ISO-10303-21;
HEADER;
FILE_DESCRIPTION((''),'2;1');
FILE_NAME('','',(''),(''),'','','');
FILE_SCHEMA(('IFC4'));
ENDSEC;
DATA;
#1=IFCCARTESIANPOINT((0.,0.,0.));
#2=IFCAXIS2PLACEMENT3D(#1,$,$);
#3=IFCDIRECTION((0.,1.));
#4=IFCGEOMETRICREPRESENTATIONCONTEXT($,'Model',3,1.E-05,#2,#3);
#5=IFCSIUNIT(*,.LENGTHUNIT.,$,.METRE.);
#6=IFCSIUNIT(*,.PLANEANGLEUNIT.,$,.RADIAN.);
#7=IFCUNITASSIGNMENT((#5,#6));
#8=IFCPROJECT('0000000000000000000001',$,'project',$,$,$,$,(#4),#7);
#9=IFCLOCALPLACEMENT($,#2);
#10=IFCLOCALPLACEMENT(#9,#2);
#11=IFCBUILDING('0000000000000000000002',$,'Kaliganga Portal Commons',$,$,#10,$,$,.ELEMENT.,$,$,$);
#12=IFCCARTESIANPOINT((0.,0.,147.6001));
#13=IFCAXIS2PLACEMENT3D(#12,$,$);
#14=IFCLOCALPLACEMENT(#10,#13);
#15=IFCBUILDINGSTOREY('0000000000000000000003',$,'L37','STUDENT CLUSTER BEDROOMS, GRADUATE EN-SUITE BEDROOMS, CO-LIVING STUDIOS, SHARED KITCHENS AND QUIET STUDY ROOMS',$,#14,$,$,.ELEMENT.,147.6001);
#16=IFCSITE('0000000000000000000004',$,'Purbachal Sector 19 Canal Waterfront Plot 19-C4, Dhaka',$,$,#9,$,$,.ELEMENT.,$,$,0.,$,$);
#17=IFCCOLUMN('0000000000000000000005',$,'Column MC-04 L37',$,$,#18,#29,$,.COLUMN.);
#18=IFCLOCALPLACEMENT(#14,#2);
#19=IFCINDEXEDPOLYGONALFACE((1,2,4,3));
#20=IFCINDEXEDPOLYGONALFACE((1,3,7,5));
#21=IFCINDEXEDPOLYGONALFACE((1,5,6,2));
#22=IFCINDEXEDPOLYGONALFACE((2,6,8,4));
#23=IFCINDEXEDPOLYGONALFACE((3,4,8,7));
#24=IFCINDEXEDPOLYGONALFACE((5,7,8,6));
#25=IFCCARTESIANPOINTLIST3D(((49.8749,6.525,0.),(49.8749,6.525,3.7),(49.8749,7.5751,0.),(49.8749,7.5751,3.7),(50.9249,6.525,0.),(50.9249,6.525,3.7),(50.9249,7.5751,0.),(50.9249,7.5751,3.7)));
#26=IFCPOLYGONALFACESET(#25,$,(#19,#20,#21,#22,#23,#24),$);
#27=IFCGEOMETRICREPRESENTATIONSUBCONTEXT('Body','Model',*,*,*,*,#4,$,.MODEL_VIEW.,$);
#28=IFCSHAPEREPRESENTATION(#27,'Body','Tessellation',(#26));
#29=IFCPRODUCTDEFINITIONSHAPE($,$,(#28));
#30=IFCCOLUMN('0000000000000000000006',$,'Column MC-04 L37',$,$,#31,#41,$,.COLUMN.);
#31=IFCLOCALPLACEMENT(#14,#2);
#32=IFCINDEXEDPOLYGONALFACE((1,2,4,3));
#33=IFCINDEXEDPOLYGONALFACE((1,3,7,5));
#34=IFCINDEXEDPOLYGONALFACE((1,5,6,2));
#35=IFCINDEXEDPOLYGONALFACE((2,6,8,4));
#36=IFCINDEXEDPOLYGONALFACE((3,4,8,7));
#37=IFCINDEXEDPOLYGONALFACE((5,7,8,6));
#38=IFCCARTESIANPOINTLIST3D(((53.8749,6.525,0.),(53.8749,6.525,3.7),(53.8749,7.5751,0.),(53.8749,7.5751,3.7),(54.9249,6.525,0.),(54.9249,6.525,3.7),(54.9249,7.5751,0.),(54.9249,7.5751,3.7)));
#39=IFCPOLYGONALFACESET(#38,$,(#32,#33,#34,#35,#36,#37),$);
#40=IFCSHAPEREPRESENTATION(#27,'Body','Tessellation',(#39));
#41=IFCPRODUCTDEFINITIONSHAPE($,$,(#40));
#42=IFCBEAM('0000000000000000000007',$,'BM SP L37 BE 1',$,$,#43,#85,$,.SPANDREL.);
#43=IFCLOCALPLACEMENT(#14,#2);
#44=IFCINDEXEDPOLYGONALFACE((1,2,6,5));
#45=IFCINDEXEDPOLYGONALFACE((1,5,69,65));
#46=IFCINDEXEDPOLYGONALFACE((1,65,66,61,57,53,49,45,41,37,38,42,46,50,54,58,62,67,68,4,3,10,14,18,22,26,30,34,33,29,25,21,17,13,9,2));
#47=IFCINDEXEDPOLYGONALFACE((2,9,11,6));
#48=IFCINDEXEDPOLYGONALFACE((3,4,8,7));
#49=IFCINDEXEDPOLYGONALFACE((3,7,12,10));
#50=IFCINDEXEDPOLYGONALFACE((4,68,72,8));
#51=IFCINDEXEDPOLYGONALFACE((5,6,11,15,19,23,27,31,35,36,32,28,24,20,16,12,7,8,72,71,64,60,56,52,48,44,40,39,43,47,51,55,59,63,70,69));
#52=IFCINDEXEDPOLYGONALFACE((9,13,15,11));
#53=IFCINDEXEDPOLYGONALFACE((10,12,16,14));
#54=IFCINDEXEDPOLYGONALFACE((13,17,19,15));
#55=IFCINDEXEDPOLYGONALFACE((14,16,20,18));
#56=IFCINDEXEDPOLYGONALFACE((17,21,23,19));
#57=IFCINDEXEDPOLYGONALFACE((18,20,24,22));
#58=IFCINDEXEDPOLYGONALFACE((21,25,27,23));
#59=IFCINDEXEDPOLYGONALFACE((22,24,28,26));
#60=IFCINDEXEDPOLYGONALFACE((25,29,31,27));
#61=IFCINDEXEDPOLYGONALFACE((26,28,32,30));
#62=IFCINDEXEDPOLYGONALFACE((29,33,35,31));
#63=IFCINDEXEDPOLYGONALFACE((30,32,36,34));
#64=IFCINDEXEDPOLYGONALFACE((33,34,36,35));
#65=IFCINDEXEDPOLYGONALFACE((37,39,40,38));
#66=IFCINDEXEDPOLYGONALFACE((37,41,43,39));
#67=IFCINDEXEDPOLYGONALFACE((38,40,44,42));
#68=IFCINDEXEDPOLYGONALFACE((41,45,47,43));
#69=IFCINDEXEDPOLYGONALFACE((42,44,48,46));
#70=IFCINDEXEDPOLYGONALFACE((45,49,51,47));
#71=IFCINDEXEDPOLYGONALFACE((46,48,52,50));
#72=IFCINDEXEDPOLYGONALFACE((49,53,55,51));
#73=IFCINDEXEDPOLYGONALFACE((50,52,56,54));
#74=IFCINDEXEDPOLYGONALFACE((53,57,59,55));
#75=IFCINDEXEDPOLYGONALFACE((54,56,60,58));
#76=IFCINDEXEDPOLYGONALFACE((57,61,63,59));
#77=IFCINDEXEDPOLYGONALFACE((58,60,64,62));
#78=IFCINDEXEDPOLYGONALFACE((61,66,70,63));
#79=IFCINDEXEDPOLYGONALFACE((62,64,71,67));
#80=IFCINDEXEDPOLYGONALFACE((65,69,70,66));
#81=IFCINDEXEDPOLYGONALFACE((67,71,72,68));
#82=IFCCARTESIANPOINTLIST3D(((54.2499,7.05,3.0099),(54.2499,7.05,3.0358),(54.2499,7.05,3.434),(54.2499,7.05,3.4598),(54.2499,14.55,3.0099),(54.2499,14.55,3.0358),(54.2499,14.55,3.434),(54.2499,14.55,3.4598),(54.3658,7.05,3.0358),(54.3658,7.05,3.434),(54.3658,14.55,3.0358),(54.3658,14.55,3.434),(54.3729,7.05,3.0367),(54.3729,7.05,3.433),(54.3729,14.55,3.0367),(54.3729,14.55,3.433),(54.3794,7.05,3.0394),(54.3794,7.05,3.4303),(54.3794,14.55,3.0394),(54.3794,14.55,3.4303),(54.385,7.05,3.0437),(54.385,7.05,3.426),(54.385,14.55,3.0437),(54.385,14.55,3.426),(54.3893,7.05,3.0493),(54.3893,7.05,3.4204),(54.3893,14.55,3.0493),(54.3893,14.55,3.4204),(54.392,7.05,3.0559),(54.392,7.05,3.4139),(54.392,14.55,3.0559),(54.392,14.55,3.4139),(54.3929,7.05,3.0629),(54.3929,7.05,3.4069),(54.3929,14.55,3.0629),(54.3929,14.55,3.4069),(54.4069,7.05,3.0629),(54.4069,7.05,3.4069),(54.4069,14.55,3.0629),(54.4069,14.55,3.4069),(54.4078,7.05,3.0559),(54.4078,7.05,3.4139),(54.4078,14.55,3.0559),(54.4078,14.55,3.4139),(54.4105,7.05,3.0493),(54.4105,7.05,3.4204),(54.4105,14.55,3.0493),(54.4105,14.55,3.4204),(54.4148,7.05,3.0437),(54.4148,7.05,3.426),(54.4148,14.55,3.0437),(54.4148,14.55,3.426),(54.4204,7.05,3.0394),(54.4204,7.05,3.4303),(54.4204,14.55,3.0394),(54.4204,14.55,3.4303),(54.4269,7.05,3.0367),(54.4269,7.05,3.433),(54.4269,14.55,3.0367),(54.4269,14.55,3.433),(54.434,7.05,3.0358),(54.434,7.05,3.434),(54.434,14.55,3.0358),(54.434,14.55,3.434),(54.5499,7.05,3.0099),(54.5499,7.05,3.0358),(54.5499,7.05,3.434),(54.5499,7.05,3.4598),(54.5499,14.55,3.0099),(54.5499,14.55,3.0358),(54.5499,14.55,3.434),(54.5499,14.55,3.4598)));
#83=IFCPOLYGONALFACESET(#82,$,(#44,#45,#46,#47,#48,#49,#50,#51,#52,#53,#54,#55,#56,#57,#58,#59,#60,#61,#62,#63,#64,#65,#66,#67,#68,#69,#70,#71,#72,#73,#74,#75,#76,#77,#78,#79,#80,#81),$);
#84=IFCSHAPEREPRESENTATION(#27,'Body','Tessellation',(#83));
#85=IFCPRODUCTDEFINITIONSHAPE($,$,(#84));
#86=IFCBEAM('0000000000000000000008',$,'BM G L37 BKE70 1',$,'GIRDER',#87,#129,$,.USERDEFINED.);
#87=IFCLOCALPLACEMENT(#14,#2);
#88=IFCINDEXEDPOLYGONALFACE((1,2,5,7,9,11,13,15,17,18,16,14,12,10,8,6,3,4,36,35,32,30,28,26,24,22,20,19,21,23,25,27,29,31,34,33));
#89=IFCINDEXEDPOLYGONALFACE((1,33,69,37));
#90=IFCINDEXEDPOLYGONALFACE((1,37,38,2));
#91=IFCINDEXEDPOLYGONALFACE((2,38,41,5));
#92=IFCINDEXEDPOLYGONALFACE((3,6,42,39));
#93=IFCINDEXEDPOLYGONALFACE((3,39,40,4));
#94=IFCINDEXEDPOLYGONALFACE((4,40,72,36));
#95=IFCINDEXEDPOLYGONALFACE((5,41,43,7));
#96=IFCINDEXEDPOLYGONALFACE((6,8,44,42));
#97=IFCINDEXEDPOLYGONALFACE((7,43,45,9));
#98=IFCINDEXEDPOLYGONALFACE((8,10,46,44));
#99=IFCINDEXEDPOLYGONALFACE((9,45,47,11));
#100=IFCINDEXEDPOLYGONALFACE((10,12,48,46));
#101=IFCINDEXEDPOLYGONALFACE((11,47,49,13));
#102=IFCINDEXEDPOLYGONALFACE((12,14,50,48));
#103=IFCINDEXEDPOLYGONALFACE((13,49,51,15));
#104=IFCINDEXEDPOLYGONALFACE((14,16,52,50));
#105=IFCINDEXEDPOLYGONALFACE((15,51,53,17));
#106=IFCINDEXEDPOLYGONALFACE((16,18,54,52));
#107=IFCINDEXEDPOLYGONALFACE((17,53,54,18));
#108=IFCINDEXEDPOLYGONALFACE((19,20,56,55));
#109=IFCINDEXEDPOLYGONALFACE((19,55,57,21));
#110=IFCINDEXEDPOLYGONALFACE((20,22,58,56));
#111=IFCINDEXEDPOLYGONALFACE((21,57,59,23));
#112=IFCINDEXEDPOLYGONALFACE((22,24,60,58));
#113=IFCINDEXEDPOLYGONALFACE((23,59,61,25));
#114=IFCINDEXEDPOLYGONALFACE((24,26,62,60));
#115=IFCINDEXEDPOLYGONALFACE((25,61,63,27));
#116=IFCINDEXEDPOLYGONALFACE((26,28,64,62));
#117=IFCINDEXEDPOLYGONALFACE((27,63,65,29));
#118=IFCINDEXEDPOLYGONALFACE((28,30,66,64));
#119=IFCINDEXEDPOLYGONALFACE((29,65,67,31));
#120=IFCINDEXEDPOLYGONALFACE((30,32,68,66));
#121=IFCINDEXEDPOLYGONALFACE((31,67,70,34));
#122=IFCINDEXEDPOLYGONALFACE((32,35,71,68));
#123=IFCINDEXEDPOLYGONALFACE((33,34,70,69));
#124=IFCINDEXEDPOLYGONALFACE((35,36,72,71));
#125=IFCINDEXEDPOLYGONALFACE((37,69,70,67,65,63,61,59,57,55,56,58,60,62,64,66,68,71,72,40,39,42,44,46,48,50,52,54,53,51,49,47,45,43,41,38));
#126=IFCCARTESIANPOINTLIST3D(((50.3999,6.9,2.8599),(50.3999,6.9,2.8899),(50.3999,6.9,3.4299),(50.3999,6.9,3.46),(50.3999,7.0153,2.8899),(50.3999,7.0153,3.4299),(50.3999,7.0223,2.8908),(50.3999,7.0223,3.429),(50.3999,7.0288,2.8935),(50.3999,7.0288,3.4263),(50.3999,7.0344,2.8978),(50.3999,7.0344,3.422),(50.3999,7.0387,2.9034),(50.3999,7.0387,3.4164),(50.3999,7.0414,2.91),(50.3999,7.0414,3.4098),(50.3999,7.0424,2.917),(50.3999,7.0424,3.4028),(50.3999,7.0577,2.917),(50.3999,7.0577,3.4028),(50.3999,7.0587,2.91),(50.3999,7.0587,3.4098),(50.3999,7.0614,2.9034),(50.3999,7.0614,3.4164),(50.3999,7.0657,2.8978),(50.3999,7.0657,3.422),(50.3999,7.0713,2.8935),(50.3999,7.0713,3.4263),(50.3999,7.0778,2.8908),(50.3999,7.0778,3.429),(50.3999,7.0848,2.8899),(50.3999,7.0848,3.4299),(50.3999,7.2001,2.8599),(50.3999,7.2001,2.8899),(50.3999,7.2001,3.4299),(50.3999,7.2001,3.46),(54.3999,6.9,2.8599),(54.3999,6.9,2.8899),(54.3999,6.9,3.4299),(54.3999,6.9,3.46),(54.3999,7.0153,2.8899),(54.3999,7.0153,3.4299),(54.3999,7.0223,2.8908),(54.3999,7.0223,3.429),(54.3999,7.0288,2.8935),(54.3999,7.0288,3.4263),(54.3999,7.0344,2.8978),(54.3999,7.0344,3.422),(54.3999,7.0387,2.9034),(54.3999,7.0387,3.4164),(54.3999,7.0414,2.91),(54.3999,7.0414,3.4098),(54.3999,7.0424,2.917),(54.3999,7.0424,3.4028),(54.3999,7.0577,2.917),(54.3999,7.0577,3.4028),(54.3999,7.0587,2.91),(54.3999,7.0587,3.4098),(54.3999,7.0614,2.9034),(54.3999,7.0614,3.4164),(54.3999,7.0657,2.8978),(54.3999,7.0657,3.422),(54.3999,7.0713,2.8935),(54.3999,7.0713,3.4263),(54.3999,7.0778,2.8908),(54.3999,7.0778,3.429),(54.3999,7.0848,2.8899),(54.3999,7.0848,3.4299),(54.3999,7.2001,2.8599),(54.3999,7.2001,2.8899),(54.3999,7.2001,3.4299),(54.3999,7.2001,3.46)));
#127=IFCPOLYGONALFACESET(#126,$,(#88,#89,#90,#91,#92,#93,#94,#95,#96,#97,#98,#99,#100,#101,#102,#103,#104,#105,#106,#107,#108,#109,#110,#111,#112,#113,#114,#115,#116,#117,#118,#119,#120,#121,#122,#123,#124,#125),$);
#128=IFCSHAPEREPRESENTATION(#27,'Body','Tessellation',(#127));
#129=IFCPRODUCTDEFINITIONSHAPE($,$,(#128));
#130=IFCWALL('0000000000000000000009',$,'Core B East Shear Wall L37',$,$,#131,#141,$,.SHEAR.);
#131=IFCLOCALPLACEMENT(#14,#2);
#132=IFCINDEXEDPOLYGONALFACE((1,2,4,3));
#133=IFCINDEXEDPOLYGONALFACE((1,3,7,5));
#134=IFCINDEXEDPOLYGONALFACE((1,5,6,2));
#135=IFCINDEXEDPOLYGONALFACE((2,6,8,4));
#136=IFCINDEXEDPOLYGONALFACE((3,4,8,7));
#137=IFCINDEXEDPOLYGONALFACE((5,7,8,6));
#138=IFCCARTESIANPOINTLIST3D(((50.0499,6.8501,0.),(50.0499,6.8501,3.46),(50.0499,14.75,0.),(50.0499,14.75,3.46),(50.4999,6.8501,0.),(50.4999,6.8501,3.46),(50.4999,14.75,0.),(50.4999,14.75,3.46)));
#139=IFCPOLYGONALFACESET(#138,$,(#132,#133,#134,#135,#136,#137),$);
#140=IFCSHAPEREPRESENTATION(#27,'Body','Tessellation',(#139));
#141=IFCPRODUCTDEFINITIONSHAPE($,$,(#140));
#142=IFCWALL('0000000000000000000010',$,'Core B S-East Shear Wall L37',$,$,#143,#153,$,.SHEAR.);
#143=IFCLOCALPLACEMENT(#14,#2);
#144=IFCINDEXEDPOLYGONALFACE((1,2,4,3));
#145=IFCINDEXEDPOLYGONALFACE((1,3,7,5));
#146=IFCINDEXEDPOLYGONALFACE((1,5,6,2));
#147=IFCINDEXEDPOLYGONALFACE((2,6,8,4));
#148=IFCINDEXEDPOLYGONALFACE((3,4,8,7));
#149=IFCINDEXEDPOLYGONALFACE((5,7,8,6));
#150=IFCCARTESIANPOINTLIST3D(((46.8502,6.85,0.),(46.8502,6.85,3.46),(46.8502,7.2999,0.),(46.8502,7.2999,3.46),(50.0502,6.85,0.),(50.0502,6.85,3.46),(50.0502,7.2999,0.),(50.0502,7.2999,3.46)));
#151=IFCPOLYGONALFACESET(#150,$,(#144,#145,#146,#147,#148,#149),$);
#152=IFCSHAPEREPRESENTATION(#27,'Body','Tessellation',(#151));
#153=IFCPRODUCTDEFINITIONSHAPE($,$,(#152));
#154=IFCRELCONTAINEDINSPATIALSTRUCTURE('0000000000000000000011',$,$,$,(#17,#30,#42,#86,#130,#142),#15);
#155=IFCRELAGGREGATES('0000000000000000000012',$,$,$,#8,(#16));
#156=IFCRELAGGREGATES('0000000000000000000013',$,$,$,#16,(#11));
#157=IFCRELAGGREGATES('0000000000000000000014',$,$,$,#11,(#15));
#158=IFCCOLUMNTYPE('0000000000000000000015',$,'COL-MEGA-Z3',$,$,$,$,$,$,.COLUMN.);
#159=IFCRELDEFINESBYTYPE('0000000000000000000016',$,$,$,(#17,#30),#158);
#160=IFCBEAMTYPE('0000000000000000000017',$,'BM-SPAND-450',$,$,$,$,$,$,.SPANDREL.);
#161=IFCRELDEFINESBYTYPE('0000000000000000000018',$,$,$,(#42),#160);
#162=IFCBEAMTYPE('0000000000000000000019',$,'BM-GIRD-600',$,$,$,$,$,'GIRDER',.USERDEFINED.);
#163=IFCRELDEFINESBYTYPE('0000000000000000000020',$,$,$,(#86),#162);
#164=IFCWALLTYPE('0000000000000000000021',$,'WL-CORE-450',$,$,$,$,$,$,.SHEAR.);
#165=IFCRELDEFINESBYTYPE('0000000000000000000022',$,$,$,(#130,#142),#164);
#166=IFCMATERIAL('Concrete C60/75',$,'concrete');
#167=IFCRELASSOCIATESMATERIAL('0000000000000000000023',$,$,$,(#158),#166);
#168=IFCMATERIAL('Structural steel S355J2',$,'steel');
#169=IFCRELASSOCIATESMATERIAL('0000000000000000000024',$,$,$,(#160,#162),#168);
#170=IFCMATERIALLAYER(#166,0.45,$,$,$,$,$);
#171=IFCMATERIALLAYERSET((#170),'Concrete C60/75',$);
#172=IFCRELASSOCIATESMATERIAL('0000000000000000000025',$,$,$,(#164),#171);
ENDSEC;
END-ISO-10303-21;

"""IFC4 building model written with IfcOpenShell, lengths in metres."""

from ifc_helpers import new_model, si_unit, direction, frame, frame_2d, origin, origin_2d, place, context, subcontext, project, spatial, rectangle, i_section, extrude, source, transform, mapped, material, layer, layer_set, material_profile, profile_set, type_object, element, save


model = new_model("IFC4")

# Units and contexts
model_context = context("Model", 3, precision=1e-05, world=origin(), true_north=direction((0.0, 1.0)))
body_context = subcontext(model_context, "Body", "Model", "MODEL_VIEW")
ifc_project = project(units=[si_unit("LENGTHUNIT", "METRE"), si_unit("PLANEANGLEUNIT", "RADIAN")], contexts=[model_context])

# Site, building, storey
site_placement = place(None, origin())
site = spatial("IfcSite", under=ifc_project, at=site_placement, Name="Purbachal Sector 19 Canal Waterfront Plot 19-C4, Dhaka", CompositionType="ELEMENT", RefElevation=0.0)
building_placement = place(site_placement, origin())
building = spatial("IfcBuilding", under=site, at=building_placement, Name="Kaliganga Portal Commons", CompositionType="ELEMENT")
storey_placement = place(building_placement, frame((0.0, 0.0, 147.6001)))
storey = spatial("IfcBuildingStorey", under=building, at=storey_placement, Name="L37", Description="STUDENT CLUSTER BEDROOMS, GRADUATE EN-SUITE BEDROOMS, CO-LIVING STUDIOS, SHARED KITCHENS AND QUIET STUDY ROOMS", CompositionType="ELEMENT", Elevation=147.6001)

# Columns
ifc_material_1 = material(Name="Concrete C60/75", Category="concrete")
ifc_material_profile_1 = material_profile(ifc_material_1, rectangle(XDim=1.05, YDim=1.05, at=origin_2d()), Name="RC 1050x1050")
ifc_profile_set_1 = profile_set([ifc_material_profile_1], Name="Concrete C60/75")
column_type = type_object("IfcColumnType", Name="COL-MEGA-Z3", PredefinedType="COLUMN", material=ifc_profile_set_1)
shared_shape_1 = source(origin(), body_context, "Body", "SweptSolid", [
    extrude(rectangle(XDim=1.05, YDim=1.05, at=origin_2d()), origin(), (0.0, 0.0, 1.0), 3.7),
])
for number, where, z_axis, x_axis, name in (
    (1, (50.3999, 7.05, 0.0), (0.0, 0.0, 1.0), (1.0, 0.0, 0.0), "Column MC-04 L37"),
    (2, (54.3999, 7.05, 0.0), (0.0, 0.0, 1.0), (1.0, 0.0, 0.0), "Column MC-04 L37"),
):
    element("IfcColumn", number, at=place(storey_placement, frame(where, z_axis=z_axis, x_axis=x_axis)), inside=storey, type_object=column_type, Name=name, PredefinedType="COLUMN", context=body_context, shape_type="MappedRepresentation", body=[
        mapped(shared_shape_1, transform((0.0, 0.0, 0.0), x_axis=(1.0, 0.0, 0.0), y_axis=(0.0, 1.0, 0.0), z_axis=(0.0, 0.0, 1.0), scale=1.0)),
    ])

# Beams
ifc_material_2 = material(Name="Structural steel S355J2", Category="steel")
ifc_material_profile_2 = material_profile(ifc_material_2, i_section(OverallWidth=0.3, OverallDepth=0.45, WebThickness=0.0139, FlangeThickness=0.0259, FilletRadius=0.0271, at=origin_2d()), Name="HE 450 B")
ifc_profile_set_2 = profile_set([ifc_material_profile_2], Name="Structural steel S355J2 wide-flange")
beam_type_1 = type_object("IfcBeamType", Name="BM-SPAND-450", PredefinedType="SPANDREL", material=ifc_profile_set_2)
shared_shape_2 = source(origin(), body_context, "Body", "SweptSolid", [
    extrude(i_section(OverallWidth=0.3, OverallDepth=0.45, WebThickness=0.0139, FlangeThickness=0.0259, FilletRadius=0.0271, at=origin_2d()), origin(), (0.0, 0.0, 1.0), 7.5),
])
beam_1_placement = place(storey_placement, frame((54.3999, 7.05, 3.2349), z_axis=(0.0, 1.0, 0.0), x_axis=(-1.0, 0.0, 0.0)))
element("IfcBeam", 3, at=beam_1_placement, inside=storey, type_object=beam_type_1, Name="BM SP L37 BE 1", PredefinedType="SPANDREL", context=body_context, shape_type="MappedRepresentation", body=[
    mapped(shared_shape_2, transform((0.0, 0.0, 0.0), x_axis=(1.0, 0.0, 0.0), y_axis=(0.0, 1.0, 0.0), z_axis=(0.0, 0.0, 1.0), scale=1.0)),
])
ifc_material_profile_3 = material_profile(ifc_material_2, i_section(OverallWidth=0.3, OverallDepth=0.6001, WebThickness=0.0154, FlangeThickness=0.03, FilletRadius=0.0271, at=origin_2d()), Name="HE 600 B")
ifc_profile_set_3 = profile_set([ifc_material_profile_3], Name="Structural steel S355J2 wide-flange")
beam_type_2 = type_object("IfcBeamType", Name="BM-GIRD-600", ElementType="GIRDER", PredefinedType="USERDEFINED", material=ifc_profile_set_3)
shared_shape_3 = source(origin(), body_context, "Body", "SweptSolid", [
    extrude(i_section(OverallWidth=0.3, OverallDepth=0.6001, WebThickness=0.0154, FlangeThickness=0.03, FilletRadius=0.0271, at=origin_2d()), origin(), (0.0, 0.0, 1.0), 4.0),
])
beam_2_placement = place(storey_placement, frame((50.3999, 7.05, 3.1599), z_axis=(1.0, 0.0, 0.0), x_axis=(0.0, 1.0, 0.0)))
element("IfcBeam", 4, at=beam_2_placement, inside=storey, type_object=beam_type_2, Name="BM G L37 BKE70 1", ObjectType="GIRDER", PredefinedType="USERDEFINED", context=body_context, shape_type="MappedRepresentation", body=[
    mapped(shared_shape_3, transform((0.0, 0.0, 0.0), x_axis=(1.0, 0.0, 0.0), y_axis=(0.0, 1.0, 0.0), z_axis=(0.0, 0.0, 1.0), scale=1.0)),
])

# Walls
ifc_layer_1 = layer(ifc_material_1, 0.45)
ifc_layer_set_1 = layer_set([ifc_layer_1], Name="Concrete C60/75")
wall_type_1 = type_object("IfcWallType", Name="WL-CORE-450", PredefinedType="SHEAR", material=ifc_layer_set_1)
wall_1_placement = place(storey_placement, frame((50.2749, 6.8501, 0.0), z_axis=(0.0, 0.0, 1.0), x_axis=(0.0, 1.0, 0.0)))
element("IfcWall", 5, at=wall_1_placement, inside=storey, type_object=wall_type_1, Name="Core B East Shear Wall L37", PredefinedType="SHEAR", context=body_context, shape_type="SweptSolid", body=[
    extrude(rectangle(XDim=7.8999, YDim=0.45, at=frame_2d((3.95, 0.0))), origin(), (0.0, 0.0, 1.0), 3.46),
])
wall_2_placement = place(storey_placement, frame((46.8501, 7.075, 0.0), z_axis=(0.0, 0.0, 1.0), x_axis=(1.0, 0.0, 0.0)))
element("IfcWall", 6, at=wall_2_placement, inside=storey, type_object=wall_type_1, Name="Core B S-East Shear Wall L37", PredefinedType="SHEAR", context=body_context, shape_type="SweptSolid", body=[
    extrude(rectangle(XDim=3.2, YDim=0.45, at=frame_2d((1.6001, 0.0))), origin(), (0.0, 0.0, 1.0), 3.46),
])

save(model, "model.ifc")
